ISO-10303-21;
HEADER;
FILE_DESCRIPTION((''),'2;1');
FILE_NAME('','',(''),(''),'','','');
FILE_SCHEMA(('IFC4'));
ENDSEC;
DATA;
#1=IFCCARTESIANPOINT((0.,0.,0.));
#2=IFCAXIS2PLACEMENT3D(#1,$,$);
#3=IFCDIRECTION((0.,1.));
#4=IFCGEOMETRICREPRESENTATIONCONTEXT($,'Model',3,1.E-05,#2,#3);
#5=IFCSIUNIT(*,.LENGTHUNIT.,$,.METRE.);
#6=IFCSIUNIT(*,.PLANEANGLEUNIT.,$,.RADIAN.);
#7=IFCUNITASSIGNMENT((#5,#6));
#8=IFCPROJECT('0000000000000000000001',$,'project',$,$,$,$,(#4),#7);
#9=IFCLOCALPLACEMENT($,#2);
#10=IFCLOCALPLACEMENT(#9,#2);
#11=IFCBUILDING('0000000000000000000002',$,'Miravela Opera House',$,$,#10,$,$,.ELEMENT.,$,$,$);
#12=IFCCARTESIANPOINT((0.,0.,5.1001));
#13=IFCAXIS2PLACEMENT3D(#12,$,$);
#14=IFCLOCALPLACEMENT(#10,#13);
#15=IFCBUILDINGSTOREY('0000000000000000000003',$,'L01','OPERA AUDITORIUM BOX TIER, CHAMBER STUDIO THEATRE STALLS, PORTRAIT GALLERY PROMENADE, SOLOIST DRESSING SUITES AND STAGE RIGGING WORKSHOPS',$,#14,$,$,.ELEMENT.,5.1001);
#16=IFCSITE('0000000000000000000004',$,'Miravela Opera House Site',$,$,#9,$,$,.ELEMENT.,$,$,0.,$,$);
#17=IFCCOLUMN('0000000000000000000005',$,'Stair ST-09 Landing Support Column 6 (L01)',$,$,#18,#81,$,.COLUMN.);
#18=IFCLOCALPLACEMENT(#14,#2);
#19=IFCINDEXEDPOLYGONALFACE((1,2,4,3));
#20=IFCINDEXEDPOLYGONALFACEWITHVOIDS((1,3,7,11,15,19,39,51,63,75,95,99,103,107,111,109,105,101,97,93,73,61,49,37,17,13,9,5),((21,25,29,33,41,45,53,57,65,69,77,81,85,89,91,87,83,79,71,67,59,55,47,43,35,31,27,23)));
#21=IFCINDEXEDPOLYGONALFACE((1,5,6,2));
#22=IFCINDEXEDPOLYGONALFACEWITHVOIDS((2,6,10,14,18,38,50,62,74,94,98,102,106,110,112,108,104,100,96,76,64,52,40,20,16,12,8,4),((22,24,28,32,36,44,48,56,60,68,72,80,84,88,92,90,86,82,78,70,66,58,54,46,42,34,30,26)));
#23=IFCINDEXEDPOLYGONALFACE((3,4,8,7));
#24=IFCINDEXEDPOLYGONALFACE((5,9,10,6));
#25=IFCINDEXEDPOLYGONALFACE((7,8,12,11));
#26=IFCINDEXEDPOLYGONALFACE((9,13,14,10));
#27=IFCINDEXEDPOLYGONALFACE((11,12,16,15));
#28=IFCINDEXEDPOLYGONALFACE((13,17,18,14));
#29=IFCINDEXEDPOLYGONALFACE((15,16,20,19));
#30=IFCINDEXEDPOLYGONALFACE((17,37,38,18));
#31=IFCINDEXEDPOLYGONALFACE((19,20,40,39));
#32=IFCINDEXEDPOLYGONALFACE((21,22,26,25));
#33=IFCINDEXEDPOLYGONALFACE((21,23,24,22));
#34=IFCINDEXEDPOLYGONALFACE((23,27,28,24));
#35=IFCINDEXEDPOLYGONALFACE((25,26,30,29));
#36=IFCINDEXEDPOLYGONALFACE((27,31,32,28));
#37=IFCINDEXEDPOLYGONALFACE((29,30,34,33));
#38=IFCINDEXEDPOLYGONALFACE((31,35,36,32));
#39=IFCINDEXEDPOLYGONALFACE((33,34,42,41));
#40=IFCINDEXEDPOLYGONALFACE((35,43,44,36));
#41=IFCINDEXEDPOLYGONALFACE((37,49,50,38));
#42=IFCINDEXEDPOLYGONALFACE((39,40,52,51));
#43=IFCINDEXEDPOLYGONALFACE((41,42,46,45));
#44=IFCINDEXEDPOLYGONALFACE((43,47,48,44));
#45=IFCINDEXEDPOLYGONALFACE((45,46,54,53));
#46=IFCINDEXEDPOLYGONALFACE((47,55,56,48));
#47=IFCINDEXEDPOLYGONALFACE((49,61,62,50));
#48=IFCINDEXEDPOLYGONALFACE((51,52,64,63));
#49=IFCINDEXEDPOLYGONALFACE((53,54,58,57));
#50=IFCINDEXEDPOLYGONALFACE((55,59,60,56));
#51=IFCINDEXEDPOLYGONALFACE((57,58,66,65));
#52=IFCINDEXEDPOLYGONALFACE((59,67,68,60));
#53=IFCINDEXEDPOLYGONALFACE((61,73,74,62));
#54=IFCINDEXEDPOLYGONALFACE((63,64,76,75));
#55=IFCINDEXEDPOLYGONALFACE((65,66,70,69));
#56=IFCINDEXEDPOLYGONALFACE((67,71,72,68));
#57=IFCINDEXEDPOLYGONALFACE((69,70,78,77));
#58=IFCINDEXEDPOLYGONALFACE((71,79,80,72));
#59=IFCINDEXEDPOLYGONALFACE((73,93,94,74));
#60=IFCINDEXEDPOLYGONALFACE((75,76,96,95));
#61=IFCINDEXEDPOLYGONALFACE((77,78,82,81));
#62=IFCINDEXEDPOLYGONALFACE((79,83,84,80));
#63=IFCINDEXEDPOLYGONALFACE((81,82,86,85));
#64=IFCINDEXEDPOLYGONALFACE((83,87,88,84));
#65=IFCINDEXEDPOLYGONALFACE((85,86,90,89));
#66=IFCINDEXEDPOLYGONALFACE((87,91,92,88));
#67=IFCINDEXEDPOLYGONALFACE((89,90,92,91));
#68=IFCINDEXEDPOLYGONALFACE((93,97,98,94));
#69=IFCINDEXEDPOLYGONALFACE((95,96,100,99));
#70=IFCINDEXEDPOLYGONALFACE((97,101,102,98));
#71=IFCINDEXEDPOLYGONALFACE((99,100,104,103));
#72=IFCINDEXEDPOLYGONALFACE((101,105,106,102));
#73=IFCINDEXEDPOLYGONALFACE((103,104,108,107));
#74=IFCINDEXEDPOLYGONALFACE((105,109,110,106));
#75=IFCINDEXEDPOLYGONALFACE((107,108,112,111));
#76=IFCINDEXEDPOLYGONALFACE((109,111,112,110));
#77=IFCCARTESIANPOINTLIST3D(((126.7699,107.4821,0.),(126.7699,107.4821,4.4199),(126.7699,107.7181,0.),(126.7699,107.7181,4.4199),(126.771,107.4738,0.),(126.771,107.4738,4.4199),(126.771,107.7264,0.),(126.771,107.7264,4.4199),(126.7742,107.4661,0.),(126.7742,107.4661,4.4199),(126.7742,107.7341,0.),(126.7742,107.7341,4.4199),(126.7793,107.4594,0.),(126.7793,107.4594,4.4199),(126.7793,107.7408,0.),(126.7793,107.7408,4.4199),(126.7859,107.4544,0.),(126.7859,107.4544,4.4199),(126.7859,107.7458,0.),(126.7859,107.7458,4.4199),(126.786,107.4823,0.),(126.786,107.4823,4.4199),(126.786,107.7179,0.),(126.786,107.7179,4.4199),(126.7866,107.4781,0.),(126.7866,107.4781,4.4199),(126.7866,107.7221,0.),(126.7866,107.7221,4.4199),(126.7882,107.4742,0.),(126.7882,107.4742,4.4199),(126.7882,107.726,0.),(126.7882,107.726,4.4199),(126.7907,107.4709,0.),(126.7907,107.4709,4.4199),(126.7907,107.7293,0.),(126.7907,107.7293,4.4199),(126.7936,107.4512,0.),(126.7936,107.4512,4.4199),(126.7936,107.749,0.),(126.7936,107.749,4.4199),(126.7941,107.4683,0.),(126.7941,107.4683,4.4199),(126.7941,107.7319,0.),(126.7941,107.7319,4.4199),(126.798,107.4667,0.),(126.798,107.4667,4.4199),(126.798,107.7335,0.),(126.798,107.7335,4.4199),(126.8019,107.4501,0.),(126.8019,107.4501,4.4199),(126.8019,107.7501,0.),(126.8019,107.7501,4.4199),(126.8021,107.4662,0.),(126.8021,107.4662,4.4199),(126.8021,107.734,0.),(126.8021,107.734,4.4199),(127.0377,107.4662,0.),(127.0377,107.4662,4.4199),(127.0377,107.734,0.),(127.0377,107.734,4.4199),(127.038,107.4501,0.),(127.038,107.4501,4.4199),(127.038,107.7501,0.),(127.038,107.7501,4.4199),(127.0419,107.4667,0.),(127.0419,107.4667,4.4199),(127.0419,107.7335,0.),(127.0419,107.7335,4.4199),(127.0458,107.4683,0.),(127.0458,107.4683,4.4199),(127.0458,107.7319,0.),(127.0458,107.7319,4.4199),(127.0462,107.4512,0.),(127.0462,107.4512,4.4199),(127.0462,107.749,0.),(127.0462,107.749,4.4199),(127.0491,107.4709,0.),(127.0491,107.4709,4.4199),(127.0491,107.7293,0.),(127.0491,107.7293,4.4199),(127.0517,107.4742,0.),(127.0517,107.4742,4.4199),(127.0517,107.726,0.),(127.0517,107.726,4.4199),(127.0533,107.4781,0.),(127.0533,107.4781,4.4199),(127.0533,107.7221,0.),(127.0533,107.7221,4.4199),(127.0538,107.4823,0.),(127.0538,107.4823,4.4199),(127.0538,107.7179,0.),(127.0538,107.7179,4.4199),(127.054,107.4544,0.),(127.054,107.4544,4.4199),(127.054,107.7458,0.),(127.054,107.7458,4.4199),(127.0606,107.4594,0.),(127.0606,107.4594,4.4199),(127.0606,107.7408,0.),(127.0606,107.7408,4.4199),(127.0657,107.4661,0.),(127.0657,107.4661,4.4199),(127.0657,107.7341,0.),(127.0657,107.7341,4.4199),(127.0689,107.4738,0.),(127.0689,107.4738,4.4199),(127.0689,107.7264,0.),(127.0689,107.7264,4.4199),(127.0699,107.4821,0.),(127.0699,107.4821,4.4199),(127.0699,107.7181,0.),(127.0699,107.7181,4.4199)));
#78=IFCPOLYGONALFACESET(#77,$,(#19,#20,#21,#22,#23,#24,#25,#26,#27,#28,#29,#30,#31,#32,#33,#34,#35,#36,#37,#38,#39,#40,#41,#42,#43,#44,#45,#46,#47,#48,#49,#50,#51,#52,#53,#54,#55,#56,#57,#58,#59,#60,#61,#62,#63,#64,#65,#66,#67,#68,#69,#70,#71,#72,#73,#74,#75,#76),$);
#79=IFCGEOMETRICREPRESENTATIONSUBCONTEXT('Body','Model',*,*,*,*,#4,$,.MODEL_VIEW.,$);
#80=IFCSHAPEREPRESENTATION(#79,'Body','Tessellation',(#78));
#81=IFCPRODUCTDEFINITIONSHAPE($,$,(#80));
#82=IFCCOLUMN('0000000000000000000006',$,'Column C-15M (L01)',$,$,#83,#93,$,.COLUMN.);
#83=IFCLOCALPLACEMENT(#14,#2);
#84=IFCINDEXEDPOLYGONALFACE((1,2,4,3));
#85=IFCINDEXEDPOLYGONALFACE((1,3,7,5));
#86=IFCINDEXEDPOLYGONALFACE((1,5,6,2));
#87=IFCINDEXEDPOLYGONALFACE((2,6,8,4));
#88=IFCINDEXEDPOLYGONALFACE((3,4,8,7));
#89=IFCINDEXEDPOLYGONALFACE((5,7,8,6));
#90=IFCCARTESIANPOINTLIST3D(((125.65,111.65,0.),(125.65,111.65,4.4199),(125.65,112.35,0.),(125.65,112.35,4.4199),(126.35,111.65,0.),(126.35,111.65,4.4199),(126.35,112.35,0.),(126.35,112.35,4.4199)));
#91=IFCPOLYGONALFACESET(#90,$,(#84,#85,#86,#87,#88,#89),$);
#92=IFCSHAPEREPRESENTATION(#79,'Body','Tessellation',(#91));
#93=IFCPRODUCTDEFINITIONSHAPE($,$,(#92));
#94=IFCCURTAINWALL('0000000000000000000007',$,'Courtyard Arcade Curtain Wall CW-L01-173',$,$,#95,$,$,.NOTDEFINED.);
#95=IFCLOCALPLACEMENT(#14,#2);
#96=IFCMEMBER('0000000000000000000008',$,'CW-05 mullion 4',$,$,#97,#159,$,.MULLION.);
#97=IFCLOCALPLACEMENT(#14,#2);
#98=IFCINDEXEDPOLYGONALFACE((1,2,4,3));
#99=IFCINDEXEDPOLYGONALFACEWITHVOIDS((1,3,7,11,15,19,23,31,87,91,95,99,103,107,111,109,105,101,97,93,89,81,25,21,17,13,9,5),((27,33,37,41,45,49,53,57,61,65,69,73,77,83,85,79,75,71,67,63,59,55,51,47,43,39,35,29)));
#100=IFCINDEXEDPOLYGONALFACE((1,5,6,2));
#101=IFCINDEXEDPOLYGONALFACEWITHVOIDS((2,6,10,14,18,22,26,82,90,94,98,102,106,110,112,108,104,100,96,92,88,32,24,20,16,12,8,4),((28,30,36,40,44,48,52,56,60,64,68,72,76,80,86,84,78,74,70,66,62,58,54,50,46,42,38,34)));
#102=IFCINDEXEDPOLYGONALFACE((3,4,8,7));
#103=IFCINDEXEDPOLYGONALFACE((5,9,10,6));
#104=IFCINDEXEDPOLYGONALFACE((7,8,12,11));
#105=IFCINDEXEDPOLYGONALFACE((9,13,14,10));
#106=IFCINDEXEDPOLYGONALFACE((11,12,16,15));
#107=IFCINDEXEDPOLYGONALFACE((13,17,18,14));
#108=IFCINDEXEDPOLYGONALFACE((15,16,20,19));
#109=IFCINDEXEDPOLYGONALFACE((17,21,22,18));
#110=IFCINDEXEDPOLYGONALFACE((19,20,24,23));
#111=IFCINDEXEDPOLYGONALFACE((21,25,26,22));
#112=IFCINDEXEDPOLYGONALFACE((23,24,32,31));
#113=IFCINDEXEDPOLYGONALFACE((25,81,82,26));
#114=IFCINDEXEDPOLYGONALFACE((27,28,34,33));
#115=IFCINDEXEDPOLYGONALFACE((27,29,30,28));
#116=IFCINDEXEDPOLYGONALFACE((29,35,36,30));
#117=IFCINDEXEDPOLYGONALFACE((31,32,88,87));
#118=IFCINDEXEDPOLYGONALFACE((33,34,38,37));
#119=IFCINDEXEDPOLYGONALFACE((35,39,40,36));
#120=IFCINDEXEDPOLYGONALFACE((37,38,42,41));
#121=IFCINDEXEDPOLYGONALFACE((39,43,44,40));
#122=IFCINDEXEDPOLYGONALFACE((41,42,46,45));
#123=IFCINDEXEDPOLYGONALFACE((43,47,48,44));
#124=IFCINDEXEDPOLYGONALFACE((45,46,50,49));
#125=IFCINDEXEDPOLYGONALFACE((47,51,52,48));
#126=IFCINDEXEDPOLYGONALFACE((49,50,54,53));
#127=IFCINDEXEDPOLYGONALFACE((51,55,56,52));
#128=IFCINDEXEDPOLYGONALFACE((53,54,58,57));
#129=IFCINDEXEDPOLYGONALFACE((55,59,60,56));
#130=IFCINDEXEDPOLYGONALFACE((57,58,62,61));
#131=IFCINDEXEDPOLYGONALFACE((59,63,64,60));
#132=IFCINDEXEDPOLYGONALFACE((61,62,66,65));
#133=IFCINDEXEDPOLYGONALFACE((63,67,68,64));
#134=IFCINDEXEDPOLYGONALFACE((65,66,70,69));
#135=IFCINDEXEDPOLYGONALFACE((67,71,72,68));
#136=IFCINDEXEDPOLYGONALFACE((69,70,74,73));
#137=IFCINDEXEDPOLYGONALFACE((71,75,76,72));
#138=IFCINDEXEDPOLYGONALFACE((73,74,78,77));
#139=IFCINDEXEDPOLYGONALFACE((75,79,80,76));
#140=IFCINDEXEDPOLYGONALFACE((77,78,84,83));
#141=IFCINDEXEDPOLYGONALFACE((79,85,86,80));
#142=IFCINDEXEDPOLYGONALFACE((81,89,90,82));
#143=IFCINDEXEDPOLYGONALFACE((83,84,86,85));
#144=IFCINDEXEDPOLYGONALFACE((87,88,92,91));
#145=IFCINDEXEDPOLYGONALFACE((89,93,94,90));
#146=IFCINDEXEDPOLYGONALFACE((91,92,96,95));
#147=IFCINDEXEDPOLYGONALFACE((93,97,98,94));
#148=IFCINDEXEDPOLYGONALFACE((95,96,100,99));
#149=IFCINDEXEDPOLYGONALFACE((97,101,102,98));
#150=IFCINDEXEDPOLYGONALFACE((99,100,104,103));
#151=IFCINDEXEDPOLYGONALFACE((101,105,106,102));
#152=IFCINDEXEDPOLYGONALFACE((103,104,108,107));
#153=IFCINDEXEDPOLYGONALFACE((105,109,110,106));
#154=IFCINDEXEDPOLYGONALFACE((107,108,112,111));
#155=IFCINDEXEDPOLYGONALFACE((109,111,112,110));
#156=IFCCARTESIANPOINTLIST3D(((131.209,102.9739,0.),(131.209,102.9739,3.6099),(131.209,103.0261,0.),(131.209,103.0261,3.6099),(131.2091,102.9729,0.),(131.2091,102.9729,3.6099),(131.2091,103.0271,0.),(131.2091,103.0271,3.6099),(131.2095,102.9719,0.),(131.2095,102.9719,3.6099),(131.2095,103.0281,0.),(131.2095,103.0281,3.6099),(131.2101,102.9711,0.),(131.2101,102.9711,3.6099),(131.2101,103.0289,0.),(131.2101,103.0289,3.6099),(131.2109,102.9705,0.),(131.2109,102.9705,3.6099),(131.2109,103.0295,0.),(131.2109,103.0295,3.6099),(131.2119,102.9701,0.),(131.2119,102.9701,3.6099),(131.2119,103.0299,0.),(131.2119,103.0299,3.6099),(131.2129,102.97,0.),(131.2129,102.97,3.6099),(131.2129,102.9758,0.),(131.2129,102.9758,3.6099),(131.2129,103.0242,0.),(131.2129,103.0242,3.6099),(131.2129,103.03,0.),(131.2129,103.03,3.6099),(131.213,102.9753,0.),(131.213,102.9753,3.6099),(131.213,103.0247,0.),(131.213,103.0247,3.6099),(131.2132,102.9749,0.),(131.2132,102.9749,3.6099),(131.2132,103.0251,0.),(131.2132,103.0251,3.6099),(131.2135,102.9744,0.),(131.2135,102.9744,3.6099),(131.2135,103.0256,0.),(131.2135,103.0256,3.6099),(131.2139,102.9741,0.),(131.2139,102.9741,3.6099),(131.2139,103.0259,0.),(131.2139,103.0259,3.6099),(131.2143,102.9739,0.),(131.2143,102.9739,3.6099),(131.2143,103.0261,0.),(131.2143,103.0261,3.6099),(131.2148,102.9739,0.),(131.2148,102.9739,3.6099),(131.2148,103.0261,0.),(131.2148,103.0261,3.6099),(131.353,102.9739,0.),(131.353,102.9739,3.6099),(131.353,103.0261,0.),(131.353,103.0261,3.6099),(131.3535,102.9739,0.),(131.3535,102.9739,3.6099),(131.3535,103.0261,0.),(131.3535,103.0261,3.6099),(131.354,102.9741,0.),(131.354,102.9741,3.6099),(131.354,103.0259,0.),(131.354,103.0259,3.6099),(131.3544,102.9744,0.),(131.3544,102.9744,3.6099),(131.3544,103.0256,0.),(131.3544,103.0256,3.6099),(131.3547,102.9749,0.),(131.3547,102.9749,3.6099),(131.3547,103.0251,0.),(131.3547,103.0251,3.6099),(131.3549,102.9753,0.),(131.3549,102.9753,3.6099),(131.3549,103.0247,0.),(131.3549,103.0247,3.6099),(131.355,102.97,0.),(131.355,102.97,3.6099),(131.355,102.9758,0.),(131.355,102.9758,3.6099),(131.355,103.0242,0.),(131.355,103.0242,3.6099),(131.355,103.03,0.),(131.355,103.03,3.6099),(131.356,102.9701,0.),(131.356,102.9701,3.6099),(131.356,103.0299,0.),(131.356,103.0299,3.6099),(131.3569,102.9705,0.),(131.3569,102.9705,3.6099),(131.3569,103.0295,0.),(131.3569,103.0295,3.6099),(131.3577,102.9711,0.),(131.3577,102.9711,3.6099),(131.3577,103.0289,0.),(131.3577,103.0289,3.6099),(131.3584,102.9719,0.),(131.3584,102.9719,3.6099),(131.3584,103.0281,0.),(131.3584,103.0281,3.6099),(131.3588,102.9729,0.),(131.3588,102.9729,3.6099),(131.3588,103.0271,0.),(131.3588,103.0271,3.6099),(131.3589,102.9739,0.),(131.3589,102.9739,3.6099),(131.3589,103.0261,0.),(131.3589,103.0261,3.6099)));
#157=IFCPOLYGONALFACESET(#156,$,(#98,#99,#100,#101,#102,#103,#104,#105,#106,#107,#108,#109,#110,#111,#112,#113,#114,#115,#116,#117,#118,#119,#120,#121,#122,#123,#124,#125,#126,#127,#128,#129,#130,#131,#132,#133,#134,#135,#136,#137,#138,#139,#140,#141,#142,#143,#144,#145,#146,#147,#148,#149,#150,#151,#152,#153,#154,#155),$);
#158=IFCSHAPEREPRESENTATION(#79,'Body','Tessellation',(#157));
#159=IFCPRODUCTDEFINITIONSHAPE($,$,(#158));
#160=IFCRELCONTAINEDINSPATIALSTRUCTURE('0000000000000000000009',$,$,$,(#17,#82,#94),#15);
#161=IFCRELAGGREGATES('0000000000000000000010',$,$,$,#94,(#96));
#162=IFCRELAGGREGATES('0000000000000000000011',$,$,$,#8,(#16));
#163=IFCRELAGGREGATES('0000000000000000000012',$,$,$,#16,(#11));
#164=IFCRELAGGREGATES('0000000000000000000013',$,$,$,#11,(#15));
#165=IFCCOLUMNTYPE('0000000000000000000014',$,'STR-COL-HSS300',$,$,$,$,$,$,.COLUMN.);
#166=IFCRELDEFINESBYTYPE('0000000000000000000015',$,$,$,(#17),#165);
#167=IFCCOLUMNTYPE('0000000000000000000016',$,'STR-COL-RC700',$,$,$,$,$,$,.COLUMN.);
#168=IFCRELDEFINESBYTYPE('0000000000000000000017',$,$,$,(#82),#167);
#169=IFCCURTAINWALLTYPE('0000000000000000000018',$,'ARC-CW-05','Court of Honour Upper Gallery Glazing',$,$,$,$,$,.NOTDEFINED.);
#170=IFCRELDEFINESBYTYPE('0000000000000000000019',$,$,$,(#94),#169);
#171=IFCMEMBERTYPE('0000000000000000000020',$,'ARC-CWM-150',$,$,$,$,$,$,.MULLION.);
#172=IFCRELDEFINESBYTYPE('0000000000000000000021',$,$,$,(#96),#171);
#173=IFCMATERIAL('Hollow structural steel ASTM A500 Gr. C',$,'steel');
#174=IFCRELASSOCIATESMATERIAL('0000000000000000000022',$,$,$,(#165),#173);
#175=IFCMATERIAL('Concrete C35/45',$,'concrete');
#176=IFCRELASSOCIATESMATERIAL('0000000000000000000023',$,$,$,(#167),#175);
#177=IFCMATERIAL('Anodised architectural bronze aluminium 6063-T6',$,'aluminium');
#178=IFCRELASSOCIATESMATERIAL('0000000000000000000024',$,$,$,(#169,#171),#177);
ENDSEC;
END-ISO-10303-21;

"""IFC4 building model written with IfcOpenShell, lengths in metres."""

from ifc_helpers import new_model, si_unit, direction, frame, origin, origin_2d, place, context, subcontext, project, spatial, rectangle, hollow_rectangle, extrude, material, material_profile, profile_set, type_object, element, aggregate, save


model = new_model("IFC4")

# Units and contexts
model_context = context("Model", 3, precision=1e-05, world=origin(), true_north=direction((0.0, 1.0)))
body_context = subcontext(model_context, "Body", "Model", "MODEL_VIEW")
ifc_project = project(units=[si_unit("LENGTHUNIT", "METRE"), si_unit("PLANEANGLEUNIT", "RADIAN")], contexts=[model_context])

# Site, building, storey
site_placement = place(None, origin())
site = spatial("IfcSite", under=ifc_project, at=site_placement, Name="Miravela Opera House Site", CompositionType="ELEMENT", RefElevation=0.0)
building_placement = place(site_placement, origin())
building = spatial("IfcBuilding", under=site, at=building_placement, Name="Miravela Opera House", CompositionType="ELEMENT")
storey_placement = place(building_placement, frame((0.0, 0.0, 5.1001)))
storey = spatial("IfcBuildingStorey", under=building, at=storey_placement, Name="L01", Description="OPERA AUDITORIUM BOX TIER, CHAMBER STUDIO THEATRE STALLS, PORTRAIT GALLERY PROMENADE, SOLOIST DRESSING SUITES AND STAGE RIGGING WORKSHOPS", CompositionType="ELEMENT", Elevation=5.1001)

# Columns
ifc_material_1 = material(Name="Hollow structural steel ASTM A500 Gr. C", Category="steel")
ifc_material_profile_1 = material_profile(ifc_material_1, hollow_rectangle(XDim=0.3, YDim=0.3, WallThickness=0.0161, InnerFilletRadius=0.0161, OuterFilletRadius=0.032, at=origin_2d()), Name="HSS300X300X16")
ifc_profile_set_1 = profile_set([ifc_material_profile_1])
column_type_1 = type_object("IfcColumnType", Name="STR-COL-HSS300", PredefinedType="COLUMN", material=ifc_profile_set_1)
for number, where, z_axis, x_axis, name in (
    (1, (126.9199, 107.6001, 0.0), (0.0, 0.0, 1.0), (1.0, 0.0, 0.0), "Stair ST-09 Landing Support Column 6 (L01)"),
):
    element("IfcColumn", number, at=place(storey_placement, frame(where, z_axis=z_axis, x_axis=x_axis)), inside=storey, type_object=column_type_1, Name=name, PredefinedType="COLUMN", context=body_context, shape_type="SweptSolid", body=[
        extrude(hollow_rectangle(XDim=0.3, YDim=0.3, WallThickness=0.0161, InnerFilletRadius=0.0161, OuterFilletRadius=0.032, at=origin_2d()), origin(), (0.0, 0.0, 1.0), 4.4199),
    ])
ifc_material_2 = material(Name="Concrete C35/45", Category="concrete")
ifc_material_profile_2 = material_profile(ifc_material_2, rectangle(XDim=0.7, YDim=0.7, at=origin_2d()), Name="RC-COL-700X700")
ifc_profile_set_2 = profile_set([ifc_material_profile_2])
column_type_2 = type_object("IfcColumnType", Name="STR-COL-RC700", PredefinedType="COLUMN", material=ifc_profile_set_2)
column_placement = place(storey_placement, frame((126.0, 112.0, 0.0), z_axis=(0.0, 0.0, 1.0), x_axis=(1.0, 0.0, 0.0)))
element("IfcColumn", 2, at=column_placement, inside=storey, type_object=column_type_2, Name="Column C-15M (L01)", PredefinedType="COLUMN", context=body_context, shape_type="SweptSolid", body=[
    extrude(rectangle(XDim=0.7, YDim=0.7, at=origin_2d()), origin(), (0.0, 0.0, 1.0), 4.4199),
])

# Curtain wall, member
ifc_material_3 = material(Name="Anodised architectural bronze aluminium 6063-T6", Category="aluminium")
curtain_wall_type = type_object("IfcCurtainWallType", Name="ARC-CW-05", Description="Court of Honour Upper Gallery Glazing", PredefinedType="NOTDEFINED", material=ifc_material_3)
curtain_wall_placement = place(storey_placement, origin())
curtain_wall = element("IfcCurtainWall", 3, at=curtain_wall_placement, inside=storey, type_object=curtain_wall_type, Name="Courtyard Arcade Curtain Wall CW-L01-173", PredefinedType="NOTDEFINED")
ifc_material_profile_3 = material_profile(ifc_material_3, hollow_rectangle(XDim=0.0601, YDim=0.1499, WallThickness=0.0039, InnerFilletRadius=0.002, OuterFilletRadius=0.0039, at=origin_2d()), Name="CWM-60X150")
ifc_profile_set_3 = profile_set([ifc_material_profile_3])
member_type_1 = type_object("IfcMemberType", Name="ARC-CWM-150", PredefinedType="MULLION", material=ifc_profile_set_3)
member_1_placement = place(storey_placement, frame((131.2839, 103.0, 0.0), z_axis=(0.0, 0.0, 1.0), x_axis=(0.0, 1.0, 0.0)))
member_1 = element("IfcMember", 4, at=member_1_placement, type_object=member_type_1, Name="CW-05 mullion 4", PredefinedType="MULLION", context=body_context, shape_type="SweptSolid", body=[
    extrude(hollow_rectangle(XDim=0.0601, YDim=0.1499, WallThickness=0.0039, InnerFilletRadius=0.002, OuterFilletRadius=0.0039, at=origin_2d()), origin(), (0.0, 0.0, 1.0), 3.6099),
])

aggregate(curtain_wall, [member_1])

save(model, "model.ifc")
